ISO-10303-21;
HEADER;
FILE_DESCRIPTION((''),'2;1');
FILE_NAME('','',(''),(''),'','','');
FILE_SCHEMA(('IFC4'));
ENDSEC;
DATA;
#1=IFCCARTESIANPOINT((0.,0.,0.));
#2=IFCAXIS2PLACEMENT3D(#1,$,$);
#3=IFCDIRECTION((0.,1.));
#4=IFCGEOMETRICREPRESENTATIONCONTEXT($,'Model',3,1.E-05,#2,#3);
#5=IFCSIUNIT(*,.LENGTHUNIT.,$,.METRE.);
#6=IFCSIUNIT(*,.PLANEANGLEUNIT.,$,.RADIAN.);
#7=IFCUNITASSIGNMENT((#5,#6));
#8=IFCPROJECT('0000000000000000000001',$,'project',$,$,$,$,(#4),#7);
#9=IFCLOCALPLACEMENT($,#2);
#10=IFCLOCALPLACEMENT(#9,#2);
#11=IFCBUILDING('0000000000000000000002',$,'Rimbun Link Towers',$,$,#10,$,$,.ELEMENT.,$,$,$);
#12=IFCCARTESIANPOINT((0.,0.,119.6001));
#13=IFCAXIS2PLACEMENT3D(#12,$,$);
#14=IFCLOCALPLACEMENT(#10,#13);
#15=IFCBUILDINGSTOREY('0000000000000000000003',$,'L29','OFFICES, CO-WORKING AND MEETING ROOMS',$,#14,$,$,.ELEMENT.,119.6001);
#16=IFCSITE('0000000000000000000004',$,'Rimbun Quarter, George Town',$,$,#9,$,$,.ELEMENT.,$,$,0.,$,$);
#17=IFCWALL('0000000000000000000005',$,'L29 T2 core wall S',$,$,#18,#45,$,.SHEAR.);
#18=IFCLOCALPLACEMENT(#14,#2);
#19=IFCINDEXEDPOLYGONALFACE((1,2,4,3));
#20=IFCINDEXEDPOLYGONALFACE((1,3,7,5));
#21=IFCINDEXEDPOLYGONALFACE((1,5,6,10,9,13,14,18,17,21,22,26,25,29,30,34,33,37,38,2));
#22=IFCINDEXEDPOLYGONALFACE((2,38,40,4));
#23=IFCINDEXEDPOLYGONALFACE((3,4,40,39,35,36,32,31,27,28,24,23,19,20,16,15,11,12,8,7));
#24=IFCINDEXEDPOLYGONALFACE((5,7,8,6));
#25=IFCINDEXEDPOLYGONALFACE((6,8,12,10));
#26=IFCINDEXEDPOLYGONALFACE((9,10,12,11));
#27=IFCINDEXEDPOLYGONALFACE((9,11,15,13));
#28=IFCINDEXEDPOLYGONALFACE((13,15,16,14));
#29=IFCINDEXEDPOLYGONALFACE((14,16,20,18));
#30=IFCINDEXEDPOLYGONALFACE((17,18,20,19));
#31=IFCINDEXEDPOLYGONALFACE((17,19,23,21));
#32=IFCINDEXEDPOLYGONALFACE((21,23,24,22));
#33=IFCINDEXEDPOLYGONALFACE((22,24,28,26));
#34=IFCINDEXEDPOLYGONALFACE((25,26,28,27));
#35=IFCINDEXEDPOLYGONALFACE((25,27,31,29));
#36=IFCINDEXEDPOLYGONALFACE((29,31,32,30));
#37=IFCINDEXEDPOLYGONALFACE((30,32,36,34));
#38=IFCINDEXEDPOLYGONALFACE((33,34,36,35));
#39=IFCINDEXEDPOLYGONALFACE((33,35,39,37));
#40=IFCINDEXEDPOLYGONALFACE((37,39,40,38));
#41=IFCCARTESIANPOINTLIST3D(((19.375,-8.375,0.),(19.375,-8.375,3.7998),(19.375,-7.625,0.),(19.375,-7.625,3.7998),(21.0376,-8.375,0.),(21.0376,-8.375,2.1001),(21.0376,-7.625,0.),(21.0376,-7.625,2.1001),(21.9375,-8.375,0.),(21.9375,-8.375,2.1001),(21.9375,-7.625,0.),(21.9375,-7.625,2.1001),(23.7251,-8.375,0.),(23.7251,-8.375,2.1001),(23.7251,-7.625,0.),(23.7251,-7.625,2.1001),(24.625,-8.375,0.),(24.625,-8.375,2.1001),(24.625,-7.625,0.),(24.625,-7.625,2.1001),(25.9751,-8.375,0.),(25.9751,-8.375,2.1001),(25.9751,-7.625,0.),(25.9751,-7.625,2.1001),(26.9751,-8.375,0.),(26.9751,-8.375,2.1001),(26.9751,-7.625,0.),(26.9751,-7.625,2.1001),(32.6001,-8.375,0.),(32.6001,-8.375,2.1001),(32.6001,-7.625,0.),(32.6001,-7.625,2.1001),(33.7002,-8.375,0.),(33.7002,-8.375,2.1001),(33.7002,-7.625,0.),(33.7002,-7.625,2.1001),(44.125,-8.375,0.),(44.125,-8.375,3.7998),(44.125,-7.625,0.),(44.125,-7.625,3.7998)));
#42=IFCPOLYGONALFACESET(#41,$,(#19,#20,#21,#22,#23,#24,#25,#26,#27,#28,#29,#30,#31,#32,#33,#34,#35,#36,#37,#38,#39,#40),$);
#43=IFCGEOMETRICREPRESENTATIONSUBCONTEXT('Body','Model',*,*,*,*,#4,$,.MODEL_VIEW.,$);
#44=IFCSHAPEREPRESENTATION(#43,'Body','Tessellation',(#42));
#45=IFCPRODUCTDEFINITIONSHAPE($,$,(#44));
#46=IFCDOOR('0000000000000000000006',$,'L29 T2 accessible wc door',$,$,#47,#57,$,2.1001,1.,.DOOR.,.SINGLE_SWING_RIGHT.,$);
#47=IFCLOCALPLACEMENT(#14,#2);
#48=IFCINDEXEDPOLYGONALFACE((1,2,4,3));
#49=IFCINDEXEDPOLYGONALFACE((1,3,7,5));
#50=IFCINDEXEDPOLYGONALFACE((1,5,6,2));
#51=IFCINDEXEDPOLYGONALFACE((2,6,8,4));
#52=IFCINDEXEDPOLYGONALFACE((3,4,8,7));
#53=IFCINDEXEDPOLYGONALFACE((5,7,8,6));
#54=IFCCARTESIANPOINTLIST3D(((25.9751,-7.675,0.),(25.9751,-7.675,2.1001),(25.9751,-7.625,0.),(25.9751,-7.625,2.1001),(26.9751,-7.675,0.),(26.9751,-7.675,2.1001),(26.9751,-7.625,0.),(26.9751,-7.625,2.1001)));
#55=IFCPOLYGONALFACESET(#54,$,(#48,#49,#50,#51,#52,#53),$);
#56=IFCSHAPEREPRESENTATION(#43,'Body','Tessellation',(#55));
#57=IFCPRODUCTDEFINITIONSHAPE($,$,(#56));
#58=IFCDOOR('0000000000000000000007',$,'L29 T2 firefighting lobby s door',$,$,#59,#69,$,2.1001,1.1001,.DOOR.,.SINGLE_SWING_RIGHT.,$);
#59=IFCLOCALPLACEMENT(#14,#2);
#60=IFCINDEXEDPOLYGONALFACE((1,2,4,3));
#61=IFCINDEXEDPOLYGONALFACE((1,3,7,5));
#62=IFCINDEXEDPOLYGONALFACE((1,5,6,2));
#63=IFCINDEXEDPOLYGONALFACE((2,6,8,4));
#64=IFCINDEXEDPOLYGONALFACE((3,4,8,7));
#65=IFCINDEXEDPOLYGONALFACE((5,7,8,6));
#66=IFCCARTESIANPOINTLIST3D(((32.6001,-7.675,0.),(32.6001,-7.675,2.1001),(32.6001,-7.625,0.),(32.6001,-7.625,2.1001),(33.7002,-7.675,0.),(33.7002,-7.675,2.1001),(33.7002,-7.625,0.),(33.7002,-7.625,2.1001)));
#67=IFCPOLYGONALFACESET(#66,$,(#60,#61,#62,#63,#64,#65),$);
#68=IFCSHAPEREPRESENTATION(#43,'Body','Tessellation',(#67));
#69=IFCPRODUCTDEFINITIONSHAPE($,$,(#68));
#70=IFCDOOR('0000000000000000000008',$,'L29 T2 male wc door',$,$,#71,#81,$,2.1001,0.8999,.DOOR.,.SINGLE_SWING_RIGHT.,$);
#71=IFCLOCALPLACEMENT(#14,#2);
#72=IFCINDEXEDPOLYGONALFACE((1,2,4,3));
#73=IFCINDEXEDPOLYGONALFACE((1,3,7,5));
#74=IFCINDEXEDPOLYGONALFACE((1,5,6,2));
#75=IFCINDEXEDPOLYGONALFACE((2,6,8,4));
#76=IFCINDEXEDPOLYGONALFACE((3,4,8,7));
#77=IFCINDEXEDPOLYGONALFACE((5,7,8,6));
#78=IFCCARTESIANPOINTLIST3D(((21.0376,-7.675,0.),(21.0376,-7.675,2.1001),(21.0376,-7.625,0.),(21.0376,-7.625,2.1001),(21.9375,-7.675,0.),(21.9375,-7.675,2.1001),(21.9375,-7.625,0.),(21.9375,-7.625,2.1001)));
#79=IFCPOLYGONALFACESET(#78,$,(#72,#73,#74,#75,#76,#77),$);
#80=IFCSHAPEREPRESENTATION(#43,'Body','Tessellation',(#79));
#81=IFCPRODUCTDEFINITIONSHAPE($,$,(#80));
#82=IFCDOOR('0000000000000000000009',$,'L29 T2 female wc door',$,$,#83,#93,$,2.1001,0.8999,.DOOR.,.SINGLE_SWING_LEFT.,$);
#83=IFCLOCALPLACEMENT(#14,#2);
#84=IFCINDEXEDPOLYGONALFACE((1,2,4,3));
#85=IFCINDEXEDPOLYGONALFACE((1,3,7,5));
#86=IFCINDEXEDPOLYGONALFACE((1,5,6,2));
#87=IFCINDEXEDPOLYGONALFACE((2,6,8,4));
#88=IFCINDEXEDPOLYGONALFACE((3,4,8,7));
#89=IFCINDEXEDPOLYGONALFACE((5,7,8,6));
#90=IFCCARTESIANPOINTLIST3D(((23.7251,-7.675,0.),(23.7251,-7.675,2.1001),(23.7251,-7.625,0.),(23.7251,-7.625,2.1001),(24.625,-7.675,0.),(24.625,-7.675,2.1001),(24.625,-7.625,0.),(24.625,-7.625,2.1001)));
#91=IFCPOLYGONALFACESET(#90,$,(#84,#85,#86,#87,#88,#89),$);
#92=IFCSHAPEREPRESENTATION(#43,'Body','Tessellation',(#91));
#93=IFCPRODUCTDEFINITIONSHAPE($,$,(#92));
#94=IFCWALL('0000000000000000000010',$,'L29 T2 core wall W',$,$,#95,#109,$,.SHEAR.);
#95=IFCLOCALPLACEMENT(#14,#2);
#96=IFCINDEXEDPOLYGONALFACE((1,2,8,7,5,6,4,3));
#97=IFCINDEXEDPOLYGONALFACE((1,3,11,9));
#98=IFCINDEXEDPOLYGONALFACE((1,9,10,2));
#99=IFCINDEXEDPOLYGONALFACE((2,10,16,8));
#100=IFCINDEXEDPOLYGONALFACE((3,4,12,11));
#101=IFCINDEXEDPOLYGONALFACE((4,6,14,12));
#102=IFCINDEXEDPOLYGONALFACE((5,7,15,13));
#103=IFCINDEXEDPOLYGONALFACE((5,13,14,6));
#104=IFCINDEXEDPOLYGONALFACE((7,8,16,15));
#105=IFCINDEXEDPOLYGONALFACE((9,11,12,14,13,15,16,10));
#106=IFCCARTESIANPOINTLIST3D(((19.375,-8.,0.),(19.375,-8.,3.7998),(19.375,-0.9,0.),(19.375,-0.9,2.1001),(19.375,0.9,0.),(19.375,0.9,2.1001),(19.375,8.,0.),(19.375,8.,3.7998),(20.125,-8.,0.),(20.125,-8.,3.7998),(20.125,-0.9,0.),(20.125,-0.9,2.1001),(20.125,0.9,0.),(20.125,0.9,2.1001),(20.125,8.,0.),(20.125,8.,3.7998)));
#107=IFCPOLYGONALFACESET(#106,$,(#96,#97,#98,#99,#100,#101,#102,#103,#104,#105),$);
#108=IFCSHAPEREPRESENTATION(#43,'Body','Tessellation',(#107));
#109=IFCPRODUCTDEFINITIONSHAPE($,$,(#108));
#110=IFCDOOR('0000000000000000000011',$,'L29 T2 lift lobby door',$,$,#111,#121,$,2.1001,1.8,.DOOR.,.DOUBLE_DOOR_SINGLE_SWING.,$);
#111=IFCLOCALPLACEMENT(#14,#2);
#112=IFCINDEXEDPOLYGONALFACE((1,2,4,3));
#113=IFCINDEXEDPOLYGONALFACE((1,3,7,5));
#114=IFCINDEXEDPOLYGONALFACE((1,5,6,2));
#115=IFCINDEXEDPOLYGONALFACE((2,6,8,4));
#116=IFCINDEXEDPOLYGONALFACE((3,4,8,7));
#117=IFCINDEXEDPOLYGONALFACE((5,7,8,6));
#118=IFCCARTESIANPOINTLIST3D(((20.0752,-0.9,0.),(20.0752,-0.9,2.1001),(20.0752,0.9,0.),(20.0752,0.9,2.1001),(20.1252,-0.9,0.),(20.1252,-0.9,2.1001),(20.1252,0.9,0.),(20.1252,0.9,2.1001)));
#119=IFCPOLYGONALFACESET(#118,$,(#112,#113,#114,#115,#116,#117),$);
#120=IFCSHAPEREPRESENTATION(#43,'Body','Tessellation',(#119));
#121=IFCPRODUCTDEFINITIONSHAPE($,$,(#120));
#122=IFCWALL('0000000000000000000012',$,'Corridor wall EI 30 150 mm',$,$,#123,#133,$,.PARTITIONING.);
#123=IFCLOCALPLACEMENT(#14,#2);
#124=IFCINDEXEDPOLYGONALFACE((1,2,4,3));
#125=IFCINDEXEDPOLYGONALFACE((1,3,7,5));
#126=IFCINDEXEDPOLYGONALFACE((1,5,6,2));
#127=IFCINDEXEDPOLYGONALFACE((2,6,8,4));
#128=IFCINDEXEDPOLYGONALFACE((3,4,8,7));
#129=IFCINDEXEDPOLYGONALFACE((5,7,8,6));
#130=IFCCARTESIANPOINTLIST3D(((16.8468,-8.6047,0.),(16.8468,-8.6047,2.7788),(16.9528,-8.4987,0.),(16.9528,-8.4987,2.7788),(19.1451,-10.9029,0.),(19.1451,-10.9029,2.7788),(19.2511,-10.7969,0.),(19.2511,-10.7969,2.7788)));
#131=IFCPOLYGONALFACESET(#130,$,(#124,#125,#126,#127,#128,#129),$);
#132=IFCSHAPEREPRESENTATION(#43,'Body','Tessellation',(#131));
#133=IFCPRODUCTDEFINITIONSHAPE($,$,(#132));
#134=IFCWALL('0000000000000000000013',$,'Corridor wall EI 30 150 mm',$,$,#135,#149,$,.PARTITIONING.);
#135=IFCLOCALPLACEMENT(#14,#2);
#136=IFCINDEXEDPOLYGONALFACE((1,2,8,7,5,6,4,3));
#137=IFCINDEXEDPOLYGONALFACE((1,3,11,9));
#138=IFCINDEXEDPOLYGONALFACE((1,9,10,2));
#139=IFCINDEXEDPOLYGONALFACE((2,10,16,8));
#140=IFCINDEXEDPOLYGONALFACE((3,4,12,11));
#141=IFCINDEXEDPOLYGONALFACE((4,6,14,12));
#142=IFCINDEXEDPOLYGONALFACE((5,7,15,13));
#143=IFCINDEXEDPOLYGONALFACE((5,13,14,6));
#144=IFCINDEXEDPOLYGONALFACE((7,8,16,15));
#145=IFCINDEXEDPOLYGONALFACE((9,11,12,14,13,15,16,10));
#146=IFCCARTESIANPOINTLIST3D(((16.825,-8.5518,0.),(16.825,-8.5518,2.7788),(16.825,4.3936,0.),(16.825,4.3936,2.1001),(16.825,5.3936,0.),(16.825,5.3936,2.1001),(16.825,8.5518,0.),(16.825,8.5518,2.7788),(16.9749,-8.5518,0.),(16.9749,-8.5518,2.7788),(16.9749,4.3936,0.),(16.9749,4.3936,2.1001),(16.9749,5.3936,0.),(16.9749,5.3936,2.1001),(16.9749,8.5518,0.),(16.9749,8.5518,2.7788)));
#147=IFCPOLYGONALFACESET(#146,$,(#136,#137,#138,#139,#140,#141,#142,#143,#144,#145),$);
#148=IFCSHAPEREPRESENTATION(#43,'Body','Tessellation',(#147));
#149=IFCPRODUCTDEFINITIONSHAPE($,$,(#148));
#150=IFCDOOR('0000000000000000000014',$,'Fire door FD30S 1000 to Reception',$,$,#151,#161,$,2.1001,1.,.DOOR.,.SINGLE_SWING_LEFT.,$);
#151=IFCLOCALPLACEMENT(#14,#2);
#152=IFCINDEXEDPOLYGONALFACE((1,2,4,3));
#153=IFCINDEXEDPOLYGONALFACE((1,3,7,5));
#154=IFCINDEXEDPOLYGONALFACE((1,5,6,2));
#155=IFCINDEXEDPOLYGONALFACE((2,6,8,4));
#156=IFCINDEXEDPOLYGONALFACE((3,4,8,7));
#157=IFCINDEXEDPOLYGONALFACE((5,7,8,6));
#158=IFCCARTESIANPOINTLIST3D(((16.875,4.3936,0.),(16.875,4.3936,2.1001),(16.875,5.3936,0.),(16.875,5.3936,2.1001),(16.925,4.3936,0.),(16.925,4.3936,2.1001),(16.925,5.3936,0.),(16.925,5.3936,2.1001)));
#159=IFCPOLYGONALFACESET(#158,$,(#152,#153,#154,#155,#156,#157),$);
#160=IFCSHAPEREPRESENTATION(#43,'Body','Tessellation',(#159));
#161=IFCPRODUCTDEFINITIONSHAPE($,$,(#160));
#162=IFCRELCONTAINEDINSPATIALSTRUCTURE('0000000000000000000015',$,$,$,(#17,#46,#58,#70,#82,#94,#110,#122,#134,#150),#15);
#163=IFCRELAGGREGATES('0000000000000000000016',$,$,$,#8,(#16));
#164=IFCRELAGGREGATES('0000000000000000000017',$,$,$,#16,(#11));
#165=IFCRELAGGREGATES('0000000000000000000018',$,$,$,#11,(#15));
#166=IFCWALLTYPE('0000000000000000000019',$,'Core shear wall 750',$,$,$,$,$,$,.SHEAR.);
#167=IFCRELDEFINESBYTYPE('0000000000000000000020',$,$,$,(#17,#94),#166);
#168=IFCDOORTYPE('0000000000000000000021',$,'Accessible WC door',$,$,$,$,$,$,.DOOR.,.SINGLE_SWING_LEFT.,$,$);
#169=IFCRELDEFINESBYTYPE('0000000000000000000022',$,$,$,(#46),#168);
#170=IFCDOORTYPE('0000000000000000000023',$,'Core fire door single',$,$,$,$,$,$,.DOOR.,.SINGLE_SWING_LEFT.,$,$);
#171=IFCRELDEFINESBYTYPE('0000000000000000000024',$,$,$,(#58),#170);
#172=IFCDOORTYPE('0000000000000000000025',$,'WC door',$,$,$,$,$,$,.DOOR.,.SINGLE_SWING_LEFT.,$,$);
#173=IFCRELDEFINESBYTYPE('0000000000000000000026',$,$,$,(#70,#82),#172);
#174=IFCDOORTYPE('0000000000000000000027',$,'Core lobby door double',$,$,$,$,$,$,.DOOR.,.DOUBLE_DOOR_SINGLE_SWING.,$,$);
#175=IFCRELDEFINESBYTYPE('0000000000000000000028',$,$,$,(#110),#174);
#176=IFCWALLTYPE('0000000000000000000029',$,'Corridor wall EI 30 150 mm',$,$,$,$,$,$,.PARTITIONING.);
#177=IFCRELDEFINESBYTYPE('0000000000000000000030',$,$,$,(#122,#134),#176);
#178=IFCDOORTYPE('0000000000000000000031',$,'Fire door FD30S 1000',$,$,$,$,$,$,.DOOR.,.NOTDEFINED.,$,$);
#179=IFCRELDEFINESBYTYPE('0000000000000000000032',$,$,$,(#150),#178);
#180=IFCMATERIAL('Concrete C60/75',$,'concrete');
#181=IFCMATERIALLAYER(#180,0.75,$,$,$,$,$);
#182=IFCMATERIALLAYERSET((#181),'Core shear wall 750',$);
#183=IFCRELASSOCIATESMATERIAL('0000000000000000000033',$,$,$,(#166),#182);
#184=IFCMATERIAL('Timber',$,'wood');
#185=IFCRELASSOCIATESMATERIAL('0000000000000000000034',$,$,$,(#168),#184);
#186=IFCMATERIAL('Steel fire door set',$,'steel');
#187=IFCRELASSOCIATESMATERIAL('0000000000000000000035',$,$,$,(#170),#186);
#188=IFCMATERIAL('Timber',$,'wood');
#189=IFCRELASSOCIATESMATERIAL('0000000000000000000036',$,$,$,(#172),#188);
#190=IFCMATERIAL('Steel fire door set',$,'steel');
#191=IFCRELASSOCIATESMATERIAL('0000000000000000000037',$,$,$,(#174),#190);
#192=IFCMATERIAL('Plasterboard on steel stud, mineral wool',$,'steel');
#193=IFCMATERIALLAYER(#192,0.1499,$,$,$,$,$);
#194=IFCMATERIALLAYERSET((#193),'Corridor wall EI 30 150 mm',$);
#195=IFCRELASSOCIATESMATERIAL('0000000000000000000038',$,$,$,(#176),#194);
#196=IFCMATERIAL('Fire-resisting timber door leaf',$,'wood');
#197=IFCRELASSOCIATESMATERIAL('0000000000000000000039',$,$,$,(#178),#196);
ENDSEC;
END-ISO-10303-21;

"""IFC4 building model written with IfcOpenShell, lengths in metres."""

from ifc_helpers import new_model, si_unit, direction, frame, frame_2d, origin, place, context, subcontext, project, spatial, rectangle, extrude, material, layer, layer_set, type_object, element, fill, save


model = new_model("IFC4")

# Units and contexts
model_context = context("Model", 3, precision=1e-05, world=origin(), true_north=direction((0.0, 1.0)))
body_context = subcontext(model_context, "Body", "Model", "MODEL_VIEW")
ifc_project = project(units=[si_unit("LENGTHUNIT", "METRE"), si_unit("PLANEANGLEUNIT", "RADIAN")], contexts=[model_context])

# Site, building, storey
site_placement = place(None, origin())
site = spatial("IfcSite", under=ifc_project, at=site_placement, Name="Rimbun Quarter, George Town", CompositionType="ELEMENT", RefElevation=0.0)
building_placement = place(site_placement, origin())
building = spatial("IfcBuilding", under=site, at=building_placement, Name="Rimbun Link Towers", CompositionType="ELEMENT")
storey_placement = place(building_placement, frame((0.0, 0.0, 119.6001)))
storey = spatial("IfcBuildingStorey", under=building, at=storey_placement, Name="L29", Description="OFFICES, CO-WORKING AND MEETING ROOMS", CompositionType="ELEMENT", Elevation=119.6001)

# Wall, openings, doors
ifc_material_1 = material(Name="Concrete C60/75", Category="concrete")
ifc_layer_1 = layer(ifc_material_1, 0.75)
ifc_layer_set_1 = layer_set([ifc_layer_1], Name="Core shear wall 750")
wall_type_1 = type_object("IfcWallType", Name="Core shear wall 750", PredefinedType="SHEAR", material=ifc_layer_set_1)
wall_1_placement = place(storey_placement, frame((19.375, -8.0, 0.0), z_axis=(0.0, 0.0, 1.0), x_axis=(1.0, 0.0, 0.0)))
wall_1 = element("IfcWall", 1, at=wall_1_placement, inside=storey, type_object=wall_type_1, Name="L29 T2 core wall S", PredefinedType="SHEAR", context=body_context, shape_type="SweptSolid", body=[
    extrude(rectangle(XDim=24.75, YDim=0.75, at=frame_2d((12.375, 0.0))), origin(), (0.0, 0.0, 1.0), 3.7998),
])
opening_1_placement = place(wall_1_placement, frame((13.2251, 0.0, 0.0)))
opening_1 = element("IfcOpeningElement", 2, at=opening_1_placement, cuts=wall_1, PredefinedType="OPENING", context=body_context, shape_type="SweptSolid", body=[
    extrude(rectangle(XDim=1.1001, YDim=2.1001, at=frame_2d((0.55, 1.05))), frame((0.0, 0.385, 0.0), z_axis=(0.0, -1.0, 0.0), x_axis=(1.0, 0.0, 0.0)), (0.0, 0.0, 1.0), 0.77),
])
opening_2_placement = place(wall_1_placement, frame((1.6626, 0.0, 0.0)))
opening_2 = element("IfcOpeningElement", 3, at=opening_2_placement, cuts=wall_1, PredefinedType="OPENING", context=body_context, shape_type="SweptSolid", body=[
    extrude(rectangle(XDim=0.8999, YDim=2.1001, at=frame_2d((0.45, 1.05))), frame((0.0, 0.385, 0.0), z_axis=(0.0, -1.0, 0.0), x_axis=(1.0, 0.0, 0.0)), (0.0, 0.0, 1.0), 0.77),
])
opening_3_placement = place(wall_1_placement, frame((4.3501, 0.0, 0.0)))
opening_3 = element("IfcOpeningElement", 4, at=opening_3_placement, cuts=wall_1, PredefinedType="OPENING", context=body_context, shape_type="SweptSolid", body=[
    extrude(rectangle(XDim=0.8999, YDim=2.1001, at=frame_2d((0.45, 1.05))), frame((0.0, 0.385, 0.0), z_axis=(0.0, -1.0, 0.0), x_axis=(1.0, 0.0, 0.0)), (0.0, 0.0, 1.0), 0.77),
])
opening_4_placement = place(wall_1_placement, frame((6.6001, 0.0, 0.0)))
opening_4 = element("IfcOpeningElement", 5, at=opening_4_placement, cuts=wall_1, PredefinedType="OPENING", context=body_context, shape_type="SweptSolid", body=[
    extrude(rectangle(XDim=1.0, YDim=2.1001, at=frame_2d((0.5, 1.05))), frame((0.0, 0.385, 0.0), z_axis=(0.0, -1.0, 0.0), x_axis=(1.0, 0.0, 0.0)), (0.0, 0.0, 1.0), 0.77),
])
ifc_material_2 = material(Name="Timber", Category="wood")
door_type_1 = type_object("IfcDoorType", Name="Accessible WC door", OperationType="SINGLE_SWING_LEFT", PredefinedType="DOOR", material=ifc_material_2)
door_1_placement = place(opening_4_placement, origin())
door_1 = element("IfcDoor", 6, at=door_1_placement, inside=storey, type_object=door_type_1, Name="L29 T2 accessible wc door", OperationType="SINGLE_SWING_RIGHT", OverallHeight=2.1001, OverallWidth=1.0, PredefinedType="DOOR", context=body_context, shape_type="SweptSolid", body=[
    extrude(rectangle(XDim=1.0, YDim=2.1001, at=frame_2d((0.5, 1.05))), frame((0.0, 0.375, 0.0), z_axis=(0.0, -1.0, 0.0), x_axis=(1.0, 0.0, 0.0)), (0.0, 0.0, 1.0), 0.05),
])
fill(opening_4, door_1)
ifc_material_3 = material(Name="Steel fire door set", Category="steel")
door_type_2 = type_object("IfcDoorType", Name="Core fire door single", OperationType="SINGLE_SWING_LEFT", PredefinedType="DOOR", material=ifc_material_3)
door_2_placement = place(opening_1_placement, origin())
door_2 = element("IfcDoor", 7, at=door_2_placement, inside=storey, type_object=door_type_2, Name="L29 T2 firefighting lobby s door", OperationType="SINGLE_SWING_RIGHT", OverallHeight=2.1001, OverallWidth=1.1001, PredefinedType="DOOR", context=body_context, shape_type="SweptSolid", body=[
    extrude(rectangle(XDim=1.1001, YDim=2.1001, at=frame_2d((0.55, 1.05))), frame((0.0, 0.375, 0.0), z_axis=(0.0, -1.0, 0.0), x_axis=(1.0, 0.0, 0.0)), (0.0, 0.0, 1.0), 0.05),
])
fill(opening_1, door_2)
ifc_material_4 = material(Name="Timber", Category="wood")
door_type_3 = type_object("IfcDoorType", Name="WC door", OperationType="SINGLE_SWING_LEFT", PredefinedType="DOOR", material=ifc_material_4)
door_3_placement = place(opening_2_placement, origin())
door_3 = element("IfcDoor", 8, at=door_3_placement, inside=storey, type_object=door_type_3, Name="L29 T2 male wc door", OperationType="SINGLE_SWING_RIGHT", OverallHeight=2.1001, OverallWidth=0.8999, PredefinedType="DOOR", context=body_context, shape_type="SweptSolid", body=[
    extrude(rectangle(XDim=0.8999, YDim=2.1001, at=frame_2d((0.45, 1.05))), frame((0.0, 0.375, 0.0), z_axis=(0.0, -1.0, 0.0), x_axis=(1.0, 0.0, 0.0)), (0.0, 0.0, 1.0), 0.05),
])
fill(opening_2, door_3)
door_4_placement = place(opening_3_placement, origin())
door_4 = element("IfcDoor", 9, at=door_4_placement, inside=storey, type_object=door_type_3, Name="L29 T2 female wc door", OperationType="SINGLE_SWING_LEFT", OverallHeight=2.1001, OverallWidth=0.8999, PredefinedType="DOOR", context=body_context, shape_type="SweptSolid", body=[
    extrude(rectangle(XDim=0.8999, YDim=2.1001, at=frame_2d((0.45, 1.05))), frame((0.0, 0.375, 0.0), z_axis=(0.0, -1.0, 0.0), x_axis=(1.0, 0.0, 0.0)), (0.0, 0.0, 1.0), 0.05),
])
fill(opening_3, door_4)

# Wall, opening, door
wall_2_placement = place(storey_placement, frame((19.75, -8.0, 0.0), z_axis=(0.0, 0.0, 1.0), x_axis=(0.0, 1.0, 0.0)))
wall_2 = element("IfcWall", 10, at=wall_2_placement, inside=storey, type_object=wall_type_1, Name="L29 T2 core wall W", PredefinedType="SHEAR", context=body_context, shape_type="SweptSolid", body=[
    extrude(rectangle(XDim=16.0, YDim=0.75, at=frame_2d((8.0, 0.0))), origin(), (0.0, 0.0, 1.0), 3.7998),
])
opening_5_placement = place(wall_2_placement, frame((7.1001, 0.0, 0.0)))
opening_5 = element("IfcOpeningElement", 11, at=opening_5_placement, cuts=wall_2, PredefinedType="OPENING", context=body_context, shape_type="SweptSolid", body=[
    extrude(rectangle(XDim=1.8, YDim=2.1001, at=frame_2d((0.8999, 1.05))), frame((0.0, 0.385, 0.0), z_axis=(0.0, -1.0, 0.0), x_axis=(1.0, 0.0, 0.0)), (0.0, 0.0, 1.0), 0.77),
])
ifc_material_5 = material(Name="Steel fire door set", Category="steel")
door_type_4 = type_object("IfcDoorType", Name="Core lobby door double", OperationType="DOUBLE_DOOR_SINGLE_SWING", PredefinedType="DOOR", material=ifc_material_5)
door_5_placement = place(opening_5_placement, origin())
door_5 = element("IfcDoor", 12, at=door_5_placement, inside=storey, type_object=door_type_4, Name="L29 T2 lift lobby door", OperationType="DOUBLE_DOOR_SINGLE_SWING", OverallHeight=2.1001, OverallWidth=1.8, PredefinedType="DOOR", context=body_context, shape_type="SweptSolid", body=[
    extrude(rectangle(XDim=1.8, YDim=2.1001, at=frame_2d((0.8999, 1.05))), frame((0.0, -0.3252, 0.0), z_axis=(0.0, -1.0, 0.0), x_axis=(1.0, 0.0, 0.0)), (0.0, 0.0, 1.0), 0.05),
])
fill(opening_5, door_5)

# Wall
ifc_material_6 = material(Name="Plasterboard on steel stud, mineral wool", Category="steel")
ifc_layer_2 = layer(ifc_material_6, 0.1499)
ifc_layer_set_2 = layer_set([ifc_layer_2], Name="Corridor wall EI 30 150 mm")
wall_type_2 = type_object("IfcWallType", Name="Corridor wall EI 30 150 mm", PredefinedType="PARTITIONING", material=ifc_layer_set_2)
wall_3_placement = place(storey_placement, frame((16.8999, -8.5518, 0.0), z_axis=(0.0, 0.0, 1.0), x_axis=(0.707107, -0.707107, 0.0)))
element("IfcWall", 13, at=wall_3_placement, inside=storey, type_object=wall_type_2, Name="Corridor wall EI 30 150 mm", PredefinedType="PARTITIONING", context=body_context, shape_type="SweptSolid", body=[
    extrude(rectangle(XDim=3.2502, YDim=0.1499, at=frame_2d((1.625, 0.0))), origin(), (0.0, 0.0, 1.0), 2.7788),
])

# Wall, opening, door
wall_4_placement = place(storey_placement, frame((16.8999, -8.5518, 0.0), z_axis=(0.0, 0.0, 1.0), x_axis=(0.0, 1.0, 0.0)))
wall_4 = element("IfcWall", 14, at=wall_4_placement, inside=storey, type_object=wall_type_2, Name="Corridor wall EI 30 150 mm", PredefinedType="PARTITIONING", context=body_context, shape_type="SweptSolid", body=[
    extrude(rectangle(XDim=17.1035, YDim=0.1499, at=frame_2d((8.5518, 0.0))), origin(), (0.0, 0.0, 1.0), 2.7788),
])
opening_6_placement = place(wall_4_placement, frame((12.9453, 0.0, 0.0)))
opening_6 = element("IfcOpeningElement", 15, at=opening_6_placement, cuts=wall_4, PredefinedType="OPENING", context=body_context, shape_type="SweptSolid", body=[
    extrude(rectangle(XDim=1.0, YDim=2.1001, at=frame_2d((0.5, 1.05))), frame((0.0, 0.085, 0.0), z_axis=(0.0, -1.0, 0.0), x_axis=(1.0, 0.0, 0.0)), (0.0, 0.0, 1.0), 0.1699),
])
ifc_material_7 = material(Name="Fire-resisting timber door leaf", Category="wood")
door_type_5 = type_object("IfcDoorType", Name="Fire door FD30S 1000", OperationType="NOTDEFINED", PredefinedType="DOOR", material=ifc_material_7)
door_6_placement = place(opening_6_placement, origin())
door_6 = element("IfcDoor", 16, at=door_6_placement, inside=storey, type_object=door_type_5, Name="Fire door FD30S 1000 to Reception", OperationType="SINGLE_SWING_LEFT", OverallHeight=2.1001, OverallWidth=1.0, PredefinedType="DOOR", context=body_context, shape_type="SweptSolid", body=[
    extrude(rectangle(XDim=1.0, YDim=2.1001, at=frame_2d((0.5, 1.05))), frame((0.0, 0.0249, 0.0), z_axis=(0.0, -1.0, 0.0), x_axis=(1.0, 0.0, 0.0)), (0.0, 0.0, 1.0), 0.05),
])
fill(opening_6, door_6)

save(model, "model.ifc")
